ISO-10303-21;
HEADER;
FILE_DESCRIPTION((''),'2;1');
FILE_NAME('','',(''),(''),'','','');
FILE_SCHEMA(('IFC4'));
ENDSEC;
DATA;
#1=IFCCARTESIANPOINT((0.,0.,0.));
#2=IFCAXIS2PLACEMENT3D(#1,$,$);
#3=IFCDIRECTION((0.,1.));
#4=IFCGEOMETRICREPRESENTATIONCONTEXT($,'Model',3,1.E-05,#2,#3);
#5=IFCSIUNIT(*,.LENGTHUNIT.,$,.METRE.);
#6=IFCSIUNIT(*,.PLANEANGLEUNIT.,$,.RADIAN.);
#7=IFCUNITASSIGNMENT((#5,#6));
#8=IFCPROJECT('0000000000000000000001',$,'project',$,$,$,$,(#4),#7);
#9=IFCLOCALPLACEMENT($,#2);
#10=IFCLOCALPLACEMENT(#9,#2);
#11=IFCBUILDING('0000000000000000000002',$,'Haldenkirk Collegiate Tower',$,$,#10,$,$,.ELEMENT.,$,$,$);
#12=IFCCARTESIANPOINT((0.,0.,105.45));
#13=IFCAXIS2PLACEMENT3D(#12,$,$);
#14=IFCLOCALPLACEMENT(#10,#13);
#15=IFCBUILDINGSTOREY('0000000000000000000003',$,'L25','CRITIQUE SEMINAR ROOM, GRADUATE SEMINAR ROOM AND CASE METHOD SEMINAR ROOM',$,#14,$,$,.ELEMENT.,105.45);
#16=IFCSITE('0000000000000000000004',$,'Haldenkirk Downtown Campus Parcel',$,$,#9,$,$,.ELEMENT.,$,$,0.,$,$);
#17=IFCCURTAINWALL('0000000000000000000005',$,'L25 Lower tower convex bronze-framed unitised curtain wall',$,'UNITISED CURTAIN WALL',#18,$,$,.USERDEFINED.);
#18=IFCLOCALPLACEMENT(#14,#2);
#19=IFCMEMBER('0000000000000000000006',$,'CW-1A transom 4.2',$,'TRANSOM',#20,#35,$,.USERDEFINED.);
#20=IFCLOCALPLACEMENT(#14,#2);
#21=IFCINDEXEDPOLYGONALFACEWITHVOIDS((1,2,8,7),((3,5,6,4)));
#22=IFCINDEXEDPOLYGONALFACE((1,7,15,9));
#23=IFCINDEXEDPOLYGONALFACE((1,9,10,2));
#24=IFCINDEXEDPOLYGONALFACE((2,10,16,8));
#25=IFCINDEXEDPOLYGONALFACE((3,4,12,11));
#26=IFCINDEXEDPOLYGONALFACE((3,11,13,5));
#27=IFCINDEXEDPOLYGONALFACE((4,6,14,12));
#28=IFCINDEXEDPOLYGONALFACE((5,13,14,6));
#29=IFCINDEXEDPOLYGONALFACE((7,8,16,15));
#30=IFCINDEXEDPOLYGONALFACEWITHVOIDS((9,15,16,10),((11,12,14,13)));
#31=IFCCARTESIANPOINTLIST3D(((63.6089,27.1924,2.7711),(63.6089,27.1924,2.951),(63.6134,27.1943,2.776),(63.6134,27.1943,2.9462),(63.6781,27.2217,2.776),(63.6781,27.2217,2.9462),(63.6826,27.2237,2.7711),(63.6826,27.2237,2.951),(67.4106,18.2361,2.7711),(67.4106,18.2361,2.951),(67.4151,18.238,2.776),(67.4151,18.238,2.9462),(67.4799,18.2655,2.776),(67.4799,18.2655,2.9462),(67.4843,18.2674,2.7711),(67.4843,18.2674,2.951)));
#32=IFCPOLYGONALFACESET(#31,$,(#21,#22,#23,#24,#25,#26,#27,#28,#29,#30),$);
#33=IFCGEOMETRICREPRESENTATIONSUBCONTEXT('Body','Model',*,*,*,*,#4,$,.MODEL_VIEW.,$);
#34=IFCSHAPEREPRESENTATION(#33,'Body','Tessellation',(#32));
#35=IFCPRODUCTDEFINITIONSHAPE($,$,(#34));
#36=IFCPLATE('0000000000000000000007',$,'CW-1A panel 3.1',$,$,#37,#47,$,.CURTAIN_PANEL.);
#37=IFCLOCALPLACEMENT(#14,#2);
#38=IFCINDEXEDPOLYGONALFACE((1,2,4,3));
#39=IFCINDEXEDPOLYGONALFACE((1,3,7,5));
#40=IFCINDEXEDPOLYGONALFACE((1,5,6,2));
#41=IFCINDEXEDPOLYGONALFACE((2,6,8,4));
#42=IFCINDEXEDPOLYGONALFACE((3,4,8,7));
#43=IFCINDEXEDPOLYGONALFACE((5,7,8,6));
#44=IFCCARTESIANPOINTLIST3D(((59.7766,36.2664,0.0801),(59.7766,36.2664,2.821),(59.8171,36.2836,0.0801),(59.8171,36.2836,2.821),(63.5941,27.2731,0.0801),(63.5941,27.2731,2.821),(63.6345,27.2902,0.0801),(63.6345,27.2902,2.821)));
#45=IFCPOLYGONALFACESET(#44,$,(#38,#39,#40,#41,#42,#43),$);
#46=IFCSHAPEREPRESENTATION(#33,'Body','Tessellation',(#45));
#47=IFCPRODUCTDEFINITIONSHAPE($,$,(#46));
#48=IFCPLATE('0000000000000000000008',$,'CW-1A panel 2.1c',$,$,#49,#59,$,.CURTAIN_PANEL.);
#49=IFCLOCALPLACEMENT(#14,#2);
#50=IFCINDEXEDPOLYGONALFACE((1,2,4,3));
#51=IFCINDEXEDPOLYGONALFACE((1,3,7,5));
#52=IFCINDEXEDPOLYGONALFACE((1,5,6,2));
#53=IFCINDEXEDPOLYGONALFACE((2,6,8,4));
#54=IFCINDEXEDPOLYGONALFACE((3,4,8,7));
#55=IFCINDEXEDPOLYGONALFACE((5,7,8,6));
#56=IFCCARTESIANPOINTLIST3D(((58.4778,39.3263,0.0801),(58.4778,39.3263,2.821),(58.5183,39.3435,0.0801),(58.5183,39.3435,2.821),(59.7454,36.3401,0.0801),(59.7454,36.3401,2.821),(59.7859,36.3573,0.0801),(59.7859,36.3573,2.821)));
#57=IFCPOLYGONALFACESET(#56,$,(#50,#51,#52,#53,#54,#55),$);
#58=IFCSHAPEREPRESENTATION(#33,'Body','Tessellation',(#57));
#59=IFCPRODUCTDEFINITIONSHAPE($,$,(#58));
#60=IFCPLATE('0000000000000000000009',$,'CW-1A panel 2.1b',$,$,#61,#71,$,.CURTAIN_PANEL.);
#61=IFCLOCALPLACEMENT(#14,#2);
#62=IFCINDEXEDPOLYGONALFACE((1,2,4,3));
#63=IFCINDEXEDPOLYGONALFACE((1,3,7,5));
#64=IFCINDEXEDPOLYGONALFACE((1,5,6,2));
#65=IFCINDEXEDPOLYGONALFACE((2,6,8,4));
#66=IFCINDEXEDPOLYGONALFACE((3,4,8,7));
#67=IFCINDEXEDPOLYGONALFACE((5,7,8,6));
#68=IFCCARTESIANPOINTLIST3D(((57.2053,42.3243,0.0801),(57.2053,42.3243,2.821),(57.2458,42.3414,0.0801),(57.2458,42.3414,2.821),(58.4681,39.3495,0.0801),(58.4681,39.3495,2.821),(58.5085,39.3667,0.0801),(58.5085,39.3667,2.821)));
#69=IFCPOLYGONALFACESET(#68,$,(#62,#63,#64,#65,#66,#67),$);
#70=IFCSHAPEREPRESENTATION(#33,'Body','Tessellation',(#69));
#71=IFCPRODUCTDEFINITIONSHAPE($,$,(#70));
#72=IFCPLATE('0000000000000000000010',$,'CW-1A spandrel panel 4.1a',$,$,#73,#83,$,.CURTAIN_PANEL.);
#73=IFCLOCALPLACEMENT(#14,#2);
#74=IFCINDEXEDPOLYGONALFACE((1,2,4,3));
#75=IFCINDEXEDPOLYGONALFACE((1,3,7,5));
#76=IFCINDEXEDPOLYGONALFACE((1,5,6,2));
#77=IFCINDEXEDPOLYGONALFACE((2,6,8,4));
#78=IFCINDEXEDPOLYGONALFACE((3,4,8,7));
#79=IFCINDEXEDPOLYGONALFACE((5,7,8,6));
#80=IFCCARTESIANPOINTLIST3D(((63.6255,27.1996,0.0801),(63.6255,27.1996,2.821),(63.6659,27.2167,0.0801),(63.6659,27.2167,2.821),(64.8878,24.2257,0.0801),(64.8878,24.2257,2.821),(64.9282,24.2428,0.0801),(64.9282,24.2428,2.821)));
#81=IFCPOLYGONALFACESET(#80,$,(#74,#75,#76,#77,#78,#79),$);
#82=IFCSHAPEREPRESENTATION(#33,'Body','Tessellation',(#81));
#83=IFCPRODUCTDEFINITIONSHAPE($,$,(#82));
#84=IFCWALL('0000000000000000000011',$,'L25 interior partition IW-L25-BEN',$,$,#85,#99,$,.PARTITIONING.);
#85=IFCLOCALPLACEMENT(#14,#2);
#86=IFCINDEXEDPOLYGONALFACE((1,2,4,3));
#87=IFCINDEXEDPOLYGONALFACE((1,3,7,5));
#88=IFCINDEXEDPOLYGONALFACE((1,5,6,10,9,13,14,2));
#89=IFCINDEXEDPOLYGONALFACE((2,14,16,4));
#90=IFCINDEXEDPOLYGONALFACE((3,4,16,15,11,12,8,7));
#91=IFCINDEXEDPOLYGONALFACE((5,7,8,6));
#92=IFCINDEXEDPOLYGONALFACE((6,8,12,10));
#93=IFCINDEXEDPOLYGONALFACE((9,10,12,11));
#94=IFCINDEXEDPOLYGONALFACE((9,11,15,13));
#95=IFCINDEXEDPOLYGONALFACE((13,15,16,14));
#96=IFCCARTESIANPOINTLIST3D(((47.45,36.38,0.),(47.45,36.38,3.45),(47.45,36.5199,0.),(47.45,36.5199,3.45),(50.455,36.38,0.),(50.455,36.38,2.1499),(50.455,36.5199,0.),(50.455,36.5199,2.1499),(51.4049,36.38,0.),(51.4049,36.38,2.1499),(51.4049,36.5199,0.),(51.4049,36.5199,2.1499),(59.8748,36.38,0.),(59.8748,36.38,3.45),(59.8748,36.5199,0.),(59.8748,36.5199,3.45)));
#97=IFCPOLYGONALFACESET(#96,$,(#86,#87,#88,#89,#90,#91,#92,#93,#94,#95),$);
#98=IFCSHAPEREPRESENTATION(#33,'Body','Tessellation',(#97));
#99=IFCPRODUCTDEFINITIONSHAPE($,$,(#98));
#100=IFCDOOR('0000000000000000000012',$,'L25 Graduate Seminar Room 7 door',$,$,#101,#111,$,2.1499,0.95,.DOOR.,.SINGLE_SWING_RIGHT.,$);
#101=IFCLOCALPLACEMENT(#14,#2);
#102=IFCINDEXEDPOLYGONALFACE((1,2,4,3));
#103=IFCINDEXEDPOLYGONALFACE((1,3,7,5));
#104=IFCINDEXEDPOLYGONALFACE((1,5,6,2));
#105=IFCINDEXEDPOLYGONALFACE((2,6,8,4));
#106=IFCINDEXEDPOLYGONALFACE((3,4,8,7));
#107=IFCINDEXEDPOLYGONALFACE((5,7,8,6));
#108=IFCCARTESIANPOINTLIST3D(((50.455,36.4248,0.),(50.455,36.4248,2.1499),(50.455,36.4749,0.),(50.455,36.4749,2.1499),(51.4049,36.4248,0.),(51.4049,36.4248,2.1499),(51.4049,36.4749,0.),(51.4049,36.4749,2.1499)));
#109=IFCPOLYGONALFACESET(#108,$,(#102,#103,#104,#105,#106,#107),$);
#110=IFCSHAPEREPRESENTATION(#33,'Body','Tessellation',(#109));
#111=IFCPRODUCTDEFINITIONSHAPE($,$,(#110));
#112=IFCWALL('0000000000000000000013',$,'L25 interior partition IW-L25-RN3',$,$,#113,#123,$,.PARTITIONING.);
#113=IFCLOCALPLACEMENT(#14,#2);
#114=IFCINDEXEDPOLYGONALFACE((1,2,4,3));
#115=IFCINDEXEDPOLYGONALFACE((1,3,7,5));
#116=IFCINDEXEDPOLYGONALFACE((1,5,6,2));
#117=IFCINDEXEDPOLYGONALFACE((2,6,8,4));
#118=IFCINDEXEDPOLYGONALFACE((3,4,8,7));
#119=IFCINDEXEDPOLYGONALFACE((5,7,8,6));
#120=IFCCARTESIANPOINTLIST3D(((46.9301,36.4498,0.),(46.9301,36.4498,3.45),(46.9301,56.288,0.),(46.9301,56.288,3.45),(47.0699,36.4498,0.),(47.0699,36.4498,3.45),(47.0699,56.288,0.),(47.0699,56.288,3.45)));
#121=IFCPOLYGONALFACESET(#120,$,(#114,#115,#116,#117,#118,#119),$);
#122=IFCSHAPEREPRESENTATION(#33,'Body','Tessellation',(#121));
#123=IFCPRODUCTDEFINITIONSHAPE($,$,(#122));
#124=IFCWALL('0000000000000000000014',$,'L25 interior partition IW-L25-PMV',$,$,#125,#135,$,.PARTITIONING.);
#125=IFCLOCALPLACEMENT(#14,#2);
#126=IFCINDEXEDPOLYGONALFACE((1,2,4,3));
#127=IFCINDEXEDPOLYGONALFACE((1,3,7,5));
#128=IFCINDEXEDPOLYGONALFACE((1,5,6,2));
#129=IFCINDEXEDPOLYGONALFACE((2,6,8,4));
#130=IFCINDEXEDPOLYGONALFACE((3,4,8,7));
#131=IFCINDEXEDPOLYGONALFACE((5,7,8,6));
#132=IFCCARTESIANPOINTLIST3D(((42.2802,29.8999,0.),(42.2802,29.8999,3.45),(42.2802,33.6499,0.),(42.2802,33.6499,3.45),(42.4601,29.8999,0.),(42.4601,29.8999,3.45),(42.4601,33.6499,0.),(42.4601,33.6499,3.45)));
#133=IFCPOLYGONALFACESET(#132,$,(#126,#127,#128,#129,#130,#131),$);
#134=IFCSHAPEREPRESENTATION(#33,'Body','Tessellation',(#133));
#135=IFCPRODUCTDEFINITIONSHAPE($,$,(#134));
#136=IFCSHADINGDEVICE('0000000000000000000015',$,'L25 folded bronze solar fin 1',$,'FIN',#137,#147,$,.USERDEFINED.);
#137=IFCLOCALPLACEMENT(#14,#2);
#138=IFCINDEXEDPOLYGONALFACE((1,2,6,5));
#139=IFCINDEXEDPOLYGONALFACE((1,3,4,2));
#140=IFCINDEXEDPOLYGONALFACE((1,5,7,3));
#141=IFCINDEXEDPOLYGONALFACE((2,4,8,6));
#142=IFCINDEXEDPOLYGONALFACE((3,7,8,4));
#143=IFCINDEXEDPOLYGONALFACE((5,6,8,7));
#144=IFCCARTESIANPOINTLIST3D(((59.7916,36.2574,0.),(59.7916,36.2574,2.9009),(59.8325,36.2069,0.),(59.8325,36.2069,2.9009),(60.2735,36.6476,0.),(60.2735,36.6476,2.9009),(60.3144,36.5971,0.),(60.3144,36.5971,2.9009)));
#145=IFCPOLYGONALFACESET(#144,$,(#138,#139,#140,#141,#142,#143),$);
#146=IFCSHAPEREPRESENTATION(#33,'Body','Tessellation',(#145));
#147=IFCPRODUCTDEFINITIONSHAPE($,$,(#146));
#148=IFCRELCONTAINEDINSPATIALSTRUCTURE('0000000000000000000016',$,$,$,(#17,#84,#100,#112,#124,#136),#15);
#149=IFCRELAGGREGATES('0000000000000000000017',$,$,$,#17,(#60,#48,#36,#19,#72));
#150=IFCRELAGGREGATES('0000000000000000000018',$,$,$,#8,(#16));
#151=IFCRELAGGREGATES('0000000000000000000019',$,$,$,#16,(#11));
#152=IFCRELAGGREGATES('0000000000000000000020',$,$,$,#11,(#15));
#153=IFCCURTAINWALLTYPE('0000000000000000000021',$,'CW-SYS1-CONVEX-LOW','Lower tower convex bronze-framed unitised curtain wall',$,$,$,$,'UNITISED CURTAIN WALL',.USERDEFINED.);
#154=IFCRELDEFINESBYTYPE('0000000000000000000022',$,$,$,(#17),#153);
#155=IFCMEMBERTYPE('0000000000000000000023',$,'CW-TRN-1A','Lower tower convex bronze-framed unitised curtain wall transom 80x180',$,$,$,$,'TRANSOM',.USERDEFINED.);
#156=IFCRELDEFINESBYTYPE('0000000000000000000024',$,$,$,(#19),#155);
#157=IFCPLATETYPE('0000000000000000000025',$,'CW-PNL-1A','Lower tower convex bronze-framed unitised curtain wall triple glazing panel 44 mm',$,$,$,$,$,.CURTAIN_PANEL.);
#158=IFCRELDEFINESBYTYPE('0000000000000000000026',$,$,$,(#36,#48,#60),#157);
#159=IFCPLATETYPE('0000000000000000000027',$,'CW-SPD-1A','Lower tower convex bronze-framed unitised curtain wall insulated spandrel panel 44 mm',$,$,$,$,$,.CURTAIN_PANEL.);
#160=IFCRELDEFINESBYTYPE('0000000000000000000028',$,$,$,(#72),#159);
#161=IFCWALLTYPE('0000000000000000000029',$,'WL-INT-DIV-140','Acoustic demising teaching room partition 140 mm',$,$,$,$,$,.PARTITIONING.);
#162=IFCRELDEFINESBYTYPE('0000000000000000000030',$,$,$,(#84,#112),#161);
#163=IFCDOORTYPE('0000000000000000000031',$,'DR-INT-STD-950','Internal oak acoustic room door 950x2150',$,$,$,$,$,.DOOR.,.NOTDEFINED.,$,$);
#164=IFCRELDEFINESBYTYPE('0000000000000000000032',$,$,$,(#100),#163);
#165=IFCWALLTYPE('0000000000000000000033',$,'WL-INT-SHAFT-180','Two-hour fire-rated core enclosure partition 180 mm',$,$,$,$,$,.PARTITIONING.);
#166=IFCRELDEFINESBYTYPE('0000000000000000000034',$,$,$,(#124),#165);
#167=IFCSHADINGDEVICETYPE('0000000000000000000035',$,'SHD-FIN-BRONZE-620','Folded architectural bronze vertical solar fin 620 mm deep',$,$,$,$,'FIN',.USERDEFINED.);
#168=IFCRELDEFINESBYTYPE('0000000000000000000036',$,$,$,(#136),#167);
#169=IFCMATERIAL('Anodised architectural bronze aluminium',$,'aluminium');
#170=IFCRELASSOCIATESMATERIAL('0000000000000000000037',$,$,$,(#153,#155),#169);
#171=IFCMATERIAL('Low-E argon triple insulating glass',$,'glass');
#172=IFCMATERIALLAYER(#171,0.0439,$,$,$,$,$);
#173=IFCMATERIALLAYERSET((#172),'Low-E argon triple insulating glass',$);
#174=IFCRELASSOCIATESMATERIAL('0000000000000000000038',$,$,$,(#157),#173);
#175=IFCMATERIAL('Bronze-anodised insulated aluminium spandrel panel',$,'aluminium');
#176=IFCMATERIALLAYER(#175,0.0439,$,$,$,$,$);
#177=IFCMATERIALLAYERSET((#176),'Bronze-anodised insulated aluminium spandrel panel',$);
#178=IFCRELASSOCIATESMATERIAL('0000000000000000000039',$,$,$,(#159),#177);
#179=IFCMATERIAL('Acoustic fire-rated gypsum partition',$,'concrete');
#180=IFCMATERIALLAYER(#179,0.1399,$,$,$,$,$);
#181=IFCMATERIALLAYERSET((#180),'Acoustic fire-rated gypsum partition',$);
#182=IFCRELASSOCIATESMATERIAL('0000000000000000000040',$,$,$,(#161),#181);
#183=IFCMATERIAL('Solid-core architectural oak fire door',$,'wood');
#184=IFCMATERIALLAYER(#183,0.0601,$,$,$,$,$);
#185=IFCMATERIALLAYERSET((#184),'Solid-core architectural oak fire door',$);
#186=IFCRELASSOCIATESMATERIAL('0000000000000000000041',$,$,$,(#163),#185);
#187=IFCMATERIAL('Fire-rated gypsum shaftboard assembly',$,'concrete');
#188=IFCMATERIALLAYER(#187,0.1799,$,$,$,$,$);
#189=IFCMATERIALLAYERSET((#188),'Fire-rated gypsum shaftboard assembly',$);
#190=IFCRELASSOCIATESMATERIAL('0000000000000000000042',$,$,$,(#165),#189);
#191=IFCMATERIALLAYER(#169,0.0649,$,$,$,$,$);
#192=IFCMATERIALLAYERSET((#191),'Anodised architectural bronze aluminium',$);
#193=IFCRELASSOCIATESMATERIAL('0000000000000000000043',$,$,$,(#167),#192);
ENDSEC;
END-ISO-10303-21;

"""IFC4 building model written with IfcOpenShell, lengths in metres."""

from ifc_helpers import new_model, si_unit, direction, frame, frame_2d, origin, origin_2d, place, context, subcontext, project, spatial, rectangle, hollow_rectangle, extrude, source, transform, mapped, material, layer, layer_set, material_profile, profile_set, type_object, element, fill, aggregate, save


model = new_model("IFC4")

# Units and contexts
model_context = context("Model", 3, precision=1e-05, world=origin(), true_north=direction((0.0, 1.0)))
body_context = subcontext(model_context, "Body", "Model", "MODEL_VIEW")
ifc_project = project(units=[si_unit("LENGTHUNIT", "METRE"), si_unit("PLANEANGLEUNIT", "RADIAN")], contexts=[model_context])

# Site, building, storey
site_placement = place(None, origin())
site = spatial("IfcSite", under=ifc_project, at=site_placement, Name="Haldenkirk Downtown Campus Parcel", CompositionType="ELEMENT", RefElevation=0.0)
building_placement = place(site_placement, origin())
building = spatial("IfcBuilding", under=site, at=building_placement, Name="Haldenkirk Collegiate Tower", CompositionType="ELEMENT")
storey_placement = place(building_placement, frame((0.0, 0.0, 105.45)))
storey = spatial("IfcBuildingStorey", under=building, at=storey_placement, Name="L25", Description="CRITIQUE SEMINAR ROOM, GRADUATE SEMINAR ROOM AND CASE METHOD SEMINAR ROOM", CompositionType="ELEMENT", Elevation=105.45)

# Curtain wall, member, plates
ifc_material_1 = material(Name="Anodised architectural bronze aluminium", Category="aluminium")
curtain_wall_type = type_object("IfcCurtainWallType", Name="CW-SYS1-CONVEX-LOW", Description="Lower tower convex bronze-framed unitised curtain wall", ElementType="UNITISED CURTAIN WALL", PredefinedType="USERDEFINED", material=ifc_material_1)
curtain_wall_placement = place(storey_placement, origin())
curtain_wall = element("IfcCurtainWall", 1, at=curtain_wall_placement, inside=storey, type_object=curtain_wall_type, Name="L25 Lower tower convex bronze-framed unitised curtain wall", ObjectType="UNITISED CURTAIN WALL", PredefinedType="USERDEFINED")
ifc_material_profile_1 = material_profile(ifc_material_1, hollow_rectangle(XDim=0.0801, YDim=0.1799, WallThickness=0.0049, at=origin_2d()), Name="CW-TRN-1A")
ifc_profile_set_1 = profile_set([ifc_material_profile_1], Name="Anodised architectural bronze aluminium")
member_type_1 = type_object("IfcMemberType", Name="CW-TRN-1A", Description="Lower tower convex bronze-framed unitised curtain wall transom 80x180", ElementType="TRANSOM", PredefinedType="USERDEFINED", material=ifc_profile_set_1)
member_1_placement = place(storey_placement, frame((63.6458, 27.208, 2.8611), z_axis=(0.390734, -0.920504, 0.0), x_axis=(0.920504, 0.390734, 0.0)))
member_1 = element("IfcMember", 2, at=member_1_placement, type_object=member_type_1, Name="CW-1A transom 4.2", ObjectType="TRANSOM", PredefinedType="USERDEFINED", context=body_context, shape_type="SweptSolid", body=[
    extrude(hollow_rectangle(XDim=0.0801, YDim=0.1799, WallThickness=0.0049, at=origin_2d()), origin(), (0.0, 0.0, 1.0), 9.7297),
])
ifc_material_2 = material(Name="Low-E argon triple insulating glass", Category="glass")
ifc_layer_1 = layer(ifc_material_2, 0.0439)
ifc_layer_set_1 = layer_set([ifc_layer_1], Name="Low-E argon triple insulating glass")
plate_type_1 = type_object("IfcPlateType", Name="CW-PNL-1A", Description="Lower tower convex bronze-framed unitised curtain wall triple glazing panel 44 mm", PredefinedType="CURTAIN_PANEL", material=ifc_layer_set_1)
shared_shape_1 = source(origin(), body_context, "Body", "SweptSolid", [
    extrude(rectangle(XDim=9.77, YDim=0.0439, at=origin_2d()), origin(), (0.0, 0.0, 1.0), 2.741),
])
plate_1_placement = place(storey_placement, frame((61.7056, 31.7783, 0.0801), z_axis=(0.0, 0.0, 1.0), x_axis=(0.39073, -0.920505, 0.0)))
plate_1 = element("IfcPlate", 3, at=plate_1_placement, type_object=plate_type_1, Name="CW-1A panel 3.1", PredefinedType="CURTAIN_PANEL", context=body_context, shape_type="MappedRepresentation", body=[
    mapped(shared_shape_1, transform((0.0, 0.0, 0.0), x_axis=(1.0, 0.0, 0.0), y_axis=(0.0, 1.0, 0.0), z_axis=(0.0, 0.0, 1.0), scale=1.0)),
])
shared_shape_2 = source(origin(), body_context, "Body", "SweptSolid", [
    extrude(rectangle(XDim=3.2441, YDim=0.0439, at=origin_2d()), origin(), (0.0, 0.0, 1.0), 2.741),
])
plate_2_placement = place(storey_placement, frame((59.1318, 37.8418, 0.0801), z_axis=(0.0, 0.0, 1.0), x_axis=(0.39073, -0.920505, 0.0)))
plate_2 = element("IfcPlate", 4, at=plate_2_placement, type_object=plate_type_1, Name="CW-1A panel 2.1c", PredefinedType="CURTAIN_PANEL", context=body_context, shape_type="MappedRepresentation", body=[
    mapped(shared_shape_2, transform((0.0, 0.0, 0.0), x_axis=(1.0, 0.0, 0.0), y_axis=(0.0, 1.0, 0.0), z_axis=(0.0, 0.0, 1.0), scale=1.0)),
])
shared_shape_3 = source(origin(), body_context, "Body", "SweptSolid", [
    extrude(rectangle(XDim=3.2317, YDim=0.0439, at=origin_2d()), origin(), (0.0, 0.0, 1.0), 2.741),
])
plate_3_placement = place(storey_placement, frame((57.8569, 40.8455, 0.0801), z_axis=(0.0, 0.0, 1.0), x_axis=(0.39073, -0.920505, 0.0)))
plate_3 = element("IfcPlate", 5, at=plate_3_placement, type_object=plate_type_1, Name="CW-1A panel 2.1b", PredefinedType="CURTAIN_PANEL", context=body_context, shape_type="MappedRepresentation", body=[
    mapped(shared_shape_3, transform((0.0, 0.0, 0.0), x_axis=(1.0, 0.0, 0.0), y_axis=(0.0, 1.0, 0.0), z_axis=(0.0, 0.0, 1.0), scale=1.0)),
])
ifc_material_3 = material(Name="Bronze-anodised insulated aluminium spandrel panel", Category="aluminium")
ifc_layer_2 = layer(ifc_material_3, 0.0439)
ifc_layer_set_2 = layer_set([ifc_layer_2], Name="Bronze-anodised insulated aluminium spandrel panel")
plate_type_2 = type_object("IfcPlateType", Name="CW-SPD-1A", Description="Lower tower convex bronze-framed unitised curtain wall insulated spandrel panel 44 mm", PredefinedType="CURTAIN_PANEL", material=ifc_layer_set_2)
shared_shape_4 = source(origin(), body_context, "Body", "SweptSolid", [
    extrude(rectangle(XDim=3.2307, YDim=0.0439, at=origin_2d()), origin(), (0.0, 0.0, 1.0), 2.741),
])
plate_4_placement = place(storey_placement, frame((64.2769, 25.7212, 0.0801), z_axis=(0.0, 0.0, 1.0), x_axis=(0.39073, -0.920505, 0.0)))
plate_4 = element("IfcPlate", 6, at=plate_4_placement, type_object=plate_type_2, Name="CW-1A spandrel panel 4.1a", PredefinedType="CURTAIN_PANEL", context=body_context, shape_type="MappedRepresentation", body=[
    mapped(shared_shape_4, transform((0.0, 0.0, 0.0), x_axis=(1.0, 0.0, 0.0), y_axis=(0.0, 1.0, 0.0), z_axis=(0.0, 0.0, 1.0), scale=1.0)),
])
aggregate(curtain_wall, [plate_3, plate_2, plate_1, member_1, plate_4])

# Wall, opening, door
ifc_material_4 = material(Name="Acoustic fire-rated gypsum partition", Category="concrete")
ifc_layer_3 = layer(ifc_material_4, 0.1399)
ifc_layer_set_3 = layer_set([ifc_layer_3], Name="Acoustic fire-rated gypsum partition")
wall_type_1 = type_object("IfcWallType", Name="WL-INT-DIV-140", Description="Acoustic demising teaching room partition 140 mm", PredefinedType="PARTITIONING", material=ifc_layer_set_3)
wall_1_placement = place(storey_placement, frame((47.45, 36.45, 0.0), z_axis=(0.0, 0.0, 1.0), x_axis=(1.0, 0.0, 0.0)))
wall_1 = element("IfcWall", 7, at=wall_1_placement, inside=storey, type_object=wall_type_1, Name="L25 interior partition IW-L25-BEN", PredefinedType="PARTITIONING", context=body_context, shape_type="SweptSolid", body=[
    extrude(rectangle(XDim=12.4248, YDim=0.1399, at=frame_2d((6.2124, 0.0))), origin(), (0.0, 0.0, 1.0), 3.45),
])
opening_placement = place(wall_1_placement, frame((3.0049, 0.0, 0.0)))
opening = element("IfcOpeningElement", 8, at=opening_placement, cuts=wall_1, PredefinedType="OPENING", context=body_context, shape_type="SweptSolid", body=[
    extrude(rectangle(XDim=0.95, YDim=2.1499, at=frame_2d((0.4751, 1.075))), frame((0.0, 0.0798, 0.0), z_axis=(0.0, -1.0, 0.0), x_axis=(1.0, 0.0, 0.0)), (0.0, 0.0, 1.0), 0.1599),
])
ifc_material_5 = material(Name="Solid-core architectural oak fire door", Category="wood")
ifc_layer_4 = layer(ifc_material_5, 0.0601)
ifc_layer_set_4 = layer_set([ifc_layer_4], Name="Solid-core architectural oak fire door")
door_type = type_object("IfcDoorType", Name="DR-INT-STD-950", Description="Internal oak acoustic room door 950x2150", OperationType="NOTDEFINED", PredefinedType="DOOR", material=ifc_layer_set_4)
door_placement = place(opening_placement, origin())
door = element("IfcDoor", 9, at=door_placement, inside=storey, type_object=door_type, Name="L25 Graduate Seminar Room 7 door", OperationType="SINGLE_SWING_RIGHT", OverallHeight=2.1499, OverallWidth=0.95, PredefinedType="DOOR", context=body_context, shape_type="SweptSolid", body=[
    extrude(rectangle(XDim=0.95, YDim=2.1499, at=frame_2d((0.4751, 1.075))), frame((0.0, 0.0249, 0.0), z_axis=(0.0, -1.0, 0.0), x_axis=(1.0, 0.0, 0.0)), (0.0, 0.0, 1.0), 0.05),
])
fill(opening, door)

# Walls
wall_2_placement = place(storey_placement, frame((47.0, 36.45, 0.0), z_axis=(0.0, 0.0, 1.0), x_axis=(0.0, 1.0, 0.0)))
element("IfcWall", 10, at=wall_2_placement, inside=storey, type_object=wall_type_1, Name="L25 interior partition IW-L25-RN3", PredefinedType="PARTITIONING", context=body_context, shape_type="SweptSolid", body=[
    extrude(rectangle(XDim=19.8381, YDim=0.1399, at=frame_2d((9.9189, 0.0))), origin(), (0.0, 0.0, 1.0), 3.45),
])
ifc_material_6 = material(Name="Fire-rated gypsum shaftboard assembly", Category="concrete")
ifc_layer_5 = layer(ifc_material_6, 0.1799)
ifc_layer_set_5 = layer_set([ifc_layer_5], Name="Fire-rated gypsum shaftboard assembly")
wall_type_2 = type_object("IfcWallType", Name="WL-INT-SHAFT-180", Description="Two-hour fire-rated core enclosure partition 180 mm", PredefinedType="PARTITIONING", material=ifc_layer_set_5)
wall_3_placement = place(storey_placement, frame((42.3701, 29.8999, 0.0), z_axis=(0.0, 0.0, 1.0), x_axis=(0.0, 1.0, 0.0)))
element("IfcWall", 11, at=wall_3_placement, inside=storey, type_object=wall_type_2, Name="L25 interior partition IW-L25-PMV", PredefinedType="PARTITIONING", context=body_context, shape_type="SweptSolid", body=[
    extrude(rectangle(XDim=3.75, YDim=0.1799, at=frame_2d((1.875, 0.0))), origin(), (0.0, 0.0, 1.0), 3.45),
])

# Shading device
ifc_layer_6 = layer(ifc_material_1, 0.0649)
ifc_layer_set_6 = layer_set([ifc_layer_6], Name="Anodised architectural bronze aluminium")
shading_device_type = type_object("IfcShadingDeviceType", Name="SHD-FIN-BRONZE-620", Description="Folded architectural bronze vertical solar fin 620 mm deep", ElementType="FIN", PredefinedType="USERDEFINED", material=ifc_layer_set_6)
shared_shape_5 = source(origin(), body_context, "Body", "SweptSolid", [
    extrude(rectangle(XDim=0.6201, YDim=0.0649, at=origin_2d()), origin(), (0.0, 0.0, 1.0), 2.9009),
])
shading_device_placement = place(storey_placement, frame((60.053, 36.4272, 0.0), z_axis=(0.0, 0.0, 1.0), x_axis=(0.777146, 0.62932, 0.0)))
element("IfcShadingDevice", 12, at=shading_device_placement, inside=storey, type_object=shading_device_type, Name="L25 folded bronze solar fin 1", ObjectType="FIN", PredefinedType="USERDEFINED", context=body_context, shape_type="MappedRepresentation", body=[
    mapped(shared_shape_5, transform((0.0, 0.0, 0.0), x_axis=(1.0, 0.0, 0.0), y_axis=(0.0, 1.0, 0.0), z_axis=(0.0, 0.0, 1.0), scale=1.0)),
])

save(model, "model.ifc")
